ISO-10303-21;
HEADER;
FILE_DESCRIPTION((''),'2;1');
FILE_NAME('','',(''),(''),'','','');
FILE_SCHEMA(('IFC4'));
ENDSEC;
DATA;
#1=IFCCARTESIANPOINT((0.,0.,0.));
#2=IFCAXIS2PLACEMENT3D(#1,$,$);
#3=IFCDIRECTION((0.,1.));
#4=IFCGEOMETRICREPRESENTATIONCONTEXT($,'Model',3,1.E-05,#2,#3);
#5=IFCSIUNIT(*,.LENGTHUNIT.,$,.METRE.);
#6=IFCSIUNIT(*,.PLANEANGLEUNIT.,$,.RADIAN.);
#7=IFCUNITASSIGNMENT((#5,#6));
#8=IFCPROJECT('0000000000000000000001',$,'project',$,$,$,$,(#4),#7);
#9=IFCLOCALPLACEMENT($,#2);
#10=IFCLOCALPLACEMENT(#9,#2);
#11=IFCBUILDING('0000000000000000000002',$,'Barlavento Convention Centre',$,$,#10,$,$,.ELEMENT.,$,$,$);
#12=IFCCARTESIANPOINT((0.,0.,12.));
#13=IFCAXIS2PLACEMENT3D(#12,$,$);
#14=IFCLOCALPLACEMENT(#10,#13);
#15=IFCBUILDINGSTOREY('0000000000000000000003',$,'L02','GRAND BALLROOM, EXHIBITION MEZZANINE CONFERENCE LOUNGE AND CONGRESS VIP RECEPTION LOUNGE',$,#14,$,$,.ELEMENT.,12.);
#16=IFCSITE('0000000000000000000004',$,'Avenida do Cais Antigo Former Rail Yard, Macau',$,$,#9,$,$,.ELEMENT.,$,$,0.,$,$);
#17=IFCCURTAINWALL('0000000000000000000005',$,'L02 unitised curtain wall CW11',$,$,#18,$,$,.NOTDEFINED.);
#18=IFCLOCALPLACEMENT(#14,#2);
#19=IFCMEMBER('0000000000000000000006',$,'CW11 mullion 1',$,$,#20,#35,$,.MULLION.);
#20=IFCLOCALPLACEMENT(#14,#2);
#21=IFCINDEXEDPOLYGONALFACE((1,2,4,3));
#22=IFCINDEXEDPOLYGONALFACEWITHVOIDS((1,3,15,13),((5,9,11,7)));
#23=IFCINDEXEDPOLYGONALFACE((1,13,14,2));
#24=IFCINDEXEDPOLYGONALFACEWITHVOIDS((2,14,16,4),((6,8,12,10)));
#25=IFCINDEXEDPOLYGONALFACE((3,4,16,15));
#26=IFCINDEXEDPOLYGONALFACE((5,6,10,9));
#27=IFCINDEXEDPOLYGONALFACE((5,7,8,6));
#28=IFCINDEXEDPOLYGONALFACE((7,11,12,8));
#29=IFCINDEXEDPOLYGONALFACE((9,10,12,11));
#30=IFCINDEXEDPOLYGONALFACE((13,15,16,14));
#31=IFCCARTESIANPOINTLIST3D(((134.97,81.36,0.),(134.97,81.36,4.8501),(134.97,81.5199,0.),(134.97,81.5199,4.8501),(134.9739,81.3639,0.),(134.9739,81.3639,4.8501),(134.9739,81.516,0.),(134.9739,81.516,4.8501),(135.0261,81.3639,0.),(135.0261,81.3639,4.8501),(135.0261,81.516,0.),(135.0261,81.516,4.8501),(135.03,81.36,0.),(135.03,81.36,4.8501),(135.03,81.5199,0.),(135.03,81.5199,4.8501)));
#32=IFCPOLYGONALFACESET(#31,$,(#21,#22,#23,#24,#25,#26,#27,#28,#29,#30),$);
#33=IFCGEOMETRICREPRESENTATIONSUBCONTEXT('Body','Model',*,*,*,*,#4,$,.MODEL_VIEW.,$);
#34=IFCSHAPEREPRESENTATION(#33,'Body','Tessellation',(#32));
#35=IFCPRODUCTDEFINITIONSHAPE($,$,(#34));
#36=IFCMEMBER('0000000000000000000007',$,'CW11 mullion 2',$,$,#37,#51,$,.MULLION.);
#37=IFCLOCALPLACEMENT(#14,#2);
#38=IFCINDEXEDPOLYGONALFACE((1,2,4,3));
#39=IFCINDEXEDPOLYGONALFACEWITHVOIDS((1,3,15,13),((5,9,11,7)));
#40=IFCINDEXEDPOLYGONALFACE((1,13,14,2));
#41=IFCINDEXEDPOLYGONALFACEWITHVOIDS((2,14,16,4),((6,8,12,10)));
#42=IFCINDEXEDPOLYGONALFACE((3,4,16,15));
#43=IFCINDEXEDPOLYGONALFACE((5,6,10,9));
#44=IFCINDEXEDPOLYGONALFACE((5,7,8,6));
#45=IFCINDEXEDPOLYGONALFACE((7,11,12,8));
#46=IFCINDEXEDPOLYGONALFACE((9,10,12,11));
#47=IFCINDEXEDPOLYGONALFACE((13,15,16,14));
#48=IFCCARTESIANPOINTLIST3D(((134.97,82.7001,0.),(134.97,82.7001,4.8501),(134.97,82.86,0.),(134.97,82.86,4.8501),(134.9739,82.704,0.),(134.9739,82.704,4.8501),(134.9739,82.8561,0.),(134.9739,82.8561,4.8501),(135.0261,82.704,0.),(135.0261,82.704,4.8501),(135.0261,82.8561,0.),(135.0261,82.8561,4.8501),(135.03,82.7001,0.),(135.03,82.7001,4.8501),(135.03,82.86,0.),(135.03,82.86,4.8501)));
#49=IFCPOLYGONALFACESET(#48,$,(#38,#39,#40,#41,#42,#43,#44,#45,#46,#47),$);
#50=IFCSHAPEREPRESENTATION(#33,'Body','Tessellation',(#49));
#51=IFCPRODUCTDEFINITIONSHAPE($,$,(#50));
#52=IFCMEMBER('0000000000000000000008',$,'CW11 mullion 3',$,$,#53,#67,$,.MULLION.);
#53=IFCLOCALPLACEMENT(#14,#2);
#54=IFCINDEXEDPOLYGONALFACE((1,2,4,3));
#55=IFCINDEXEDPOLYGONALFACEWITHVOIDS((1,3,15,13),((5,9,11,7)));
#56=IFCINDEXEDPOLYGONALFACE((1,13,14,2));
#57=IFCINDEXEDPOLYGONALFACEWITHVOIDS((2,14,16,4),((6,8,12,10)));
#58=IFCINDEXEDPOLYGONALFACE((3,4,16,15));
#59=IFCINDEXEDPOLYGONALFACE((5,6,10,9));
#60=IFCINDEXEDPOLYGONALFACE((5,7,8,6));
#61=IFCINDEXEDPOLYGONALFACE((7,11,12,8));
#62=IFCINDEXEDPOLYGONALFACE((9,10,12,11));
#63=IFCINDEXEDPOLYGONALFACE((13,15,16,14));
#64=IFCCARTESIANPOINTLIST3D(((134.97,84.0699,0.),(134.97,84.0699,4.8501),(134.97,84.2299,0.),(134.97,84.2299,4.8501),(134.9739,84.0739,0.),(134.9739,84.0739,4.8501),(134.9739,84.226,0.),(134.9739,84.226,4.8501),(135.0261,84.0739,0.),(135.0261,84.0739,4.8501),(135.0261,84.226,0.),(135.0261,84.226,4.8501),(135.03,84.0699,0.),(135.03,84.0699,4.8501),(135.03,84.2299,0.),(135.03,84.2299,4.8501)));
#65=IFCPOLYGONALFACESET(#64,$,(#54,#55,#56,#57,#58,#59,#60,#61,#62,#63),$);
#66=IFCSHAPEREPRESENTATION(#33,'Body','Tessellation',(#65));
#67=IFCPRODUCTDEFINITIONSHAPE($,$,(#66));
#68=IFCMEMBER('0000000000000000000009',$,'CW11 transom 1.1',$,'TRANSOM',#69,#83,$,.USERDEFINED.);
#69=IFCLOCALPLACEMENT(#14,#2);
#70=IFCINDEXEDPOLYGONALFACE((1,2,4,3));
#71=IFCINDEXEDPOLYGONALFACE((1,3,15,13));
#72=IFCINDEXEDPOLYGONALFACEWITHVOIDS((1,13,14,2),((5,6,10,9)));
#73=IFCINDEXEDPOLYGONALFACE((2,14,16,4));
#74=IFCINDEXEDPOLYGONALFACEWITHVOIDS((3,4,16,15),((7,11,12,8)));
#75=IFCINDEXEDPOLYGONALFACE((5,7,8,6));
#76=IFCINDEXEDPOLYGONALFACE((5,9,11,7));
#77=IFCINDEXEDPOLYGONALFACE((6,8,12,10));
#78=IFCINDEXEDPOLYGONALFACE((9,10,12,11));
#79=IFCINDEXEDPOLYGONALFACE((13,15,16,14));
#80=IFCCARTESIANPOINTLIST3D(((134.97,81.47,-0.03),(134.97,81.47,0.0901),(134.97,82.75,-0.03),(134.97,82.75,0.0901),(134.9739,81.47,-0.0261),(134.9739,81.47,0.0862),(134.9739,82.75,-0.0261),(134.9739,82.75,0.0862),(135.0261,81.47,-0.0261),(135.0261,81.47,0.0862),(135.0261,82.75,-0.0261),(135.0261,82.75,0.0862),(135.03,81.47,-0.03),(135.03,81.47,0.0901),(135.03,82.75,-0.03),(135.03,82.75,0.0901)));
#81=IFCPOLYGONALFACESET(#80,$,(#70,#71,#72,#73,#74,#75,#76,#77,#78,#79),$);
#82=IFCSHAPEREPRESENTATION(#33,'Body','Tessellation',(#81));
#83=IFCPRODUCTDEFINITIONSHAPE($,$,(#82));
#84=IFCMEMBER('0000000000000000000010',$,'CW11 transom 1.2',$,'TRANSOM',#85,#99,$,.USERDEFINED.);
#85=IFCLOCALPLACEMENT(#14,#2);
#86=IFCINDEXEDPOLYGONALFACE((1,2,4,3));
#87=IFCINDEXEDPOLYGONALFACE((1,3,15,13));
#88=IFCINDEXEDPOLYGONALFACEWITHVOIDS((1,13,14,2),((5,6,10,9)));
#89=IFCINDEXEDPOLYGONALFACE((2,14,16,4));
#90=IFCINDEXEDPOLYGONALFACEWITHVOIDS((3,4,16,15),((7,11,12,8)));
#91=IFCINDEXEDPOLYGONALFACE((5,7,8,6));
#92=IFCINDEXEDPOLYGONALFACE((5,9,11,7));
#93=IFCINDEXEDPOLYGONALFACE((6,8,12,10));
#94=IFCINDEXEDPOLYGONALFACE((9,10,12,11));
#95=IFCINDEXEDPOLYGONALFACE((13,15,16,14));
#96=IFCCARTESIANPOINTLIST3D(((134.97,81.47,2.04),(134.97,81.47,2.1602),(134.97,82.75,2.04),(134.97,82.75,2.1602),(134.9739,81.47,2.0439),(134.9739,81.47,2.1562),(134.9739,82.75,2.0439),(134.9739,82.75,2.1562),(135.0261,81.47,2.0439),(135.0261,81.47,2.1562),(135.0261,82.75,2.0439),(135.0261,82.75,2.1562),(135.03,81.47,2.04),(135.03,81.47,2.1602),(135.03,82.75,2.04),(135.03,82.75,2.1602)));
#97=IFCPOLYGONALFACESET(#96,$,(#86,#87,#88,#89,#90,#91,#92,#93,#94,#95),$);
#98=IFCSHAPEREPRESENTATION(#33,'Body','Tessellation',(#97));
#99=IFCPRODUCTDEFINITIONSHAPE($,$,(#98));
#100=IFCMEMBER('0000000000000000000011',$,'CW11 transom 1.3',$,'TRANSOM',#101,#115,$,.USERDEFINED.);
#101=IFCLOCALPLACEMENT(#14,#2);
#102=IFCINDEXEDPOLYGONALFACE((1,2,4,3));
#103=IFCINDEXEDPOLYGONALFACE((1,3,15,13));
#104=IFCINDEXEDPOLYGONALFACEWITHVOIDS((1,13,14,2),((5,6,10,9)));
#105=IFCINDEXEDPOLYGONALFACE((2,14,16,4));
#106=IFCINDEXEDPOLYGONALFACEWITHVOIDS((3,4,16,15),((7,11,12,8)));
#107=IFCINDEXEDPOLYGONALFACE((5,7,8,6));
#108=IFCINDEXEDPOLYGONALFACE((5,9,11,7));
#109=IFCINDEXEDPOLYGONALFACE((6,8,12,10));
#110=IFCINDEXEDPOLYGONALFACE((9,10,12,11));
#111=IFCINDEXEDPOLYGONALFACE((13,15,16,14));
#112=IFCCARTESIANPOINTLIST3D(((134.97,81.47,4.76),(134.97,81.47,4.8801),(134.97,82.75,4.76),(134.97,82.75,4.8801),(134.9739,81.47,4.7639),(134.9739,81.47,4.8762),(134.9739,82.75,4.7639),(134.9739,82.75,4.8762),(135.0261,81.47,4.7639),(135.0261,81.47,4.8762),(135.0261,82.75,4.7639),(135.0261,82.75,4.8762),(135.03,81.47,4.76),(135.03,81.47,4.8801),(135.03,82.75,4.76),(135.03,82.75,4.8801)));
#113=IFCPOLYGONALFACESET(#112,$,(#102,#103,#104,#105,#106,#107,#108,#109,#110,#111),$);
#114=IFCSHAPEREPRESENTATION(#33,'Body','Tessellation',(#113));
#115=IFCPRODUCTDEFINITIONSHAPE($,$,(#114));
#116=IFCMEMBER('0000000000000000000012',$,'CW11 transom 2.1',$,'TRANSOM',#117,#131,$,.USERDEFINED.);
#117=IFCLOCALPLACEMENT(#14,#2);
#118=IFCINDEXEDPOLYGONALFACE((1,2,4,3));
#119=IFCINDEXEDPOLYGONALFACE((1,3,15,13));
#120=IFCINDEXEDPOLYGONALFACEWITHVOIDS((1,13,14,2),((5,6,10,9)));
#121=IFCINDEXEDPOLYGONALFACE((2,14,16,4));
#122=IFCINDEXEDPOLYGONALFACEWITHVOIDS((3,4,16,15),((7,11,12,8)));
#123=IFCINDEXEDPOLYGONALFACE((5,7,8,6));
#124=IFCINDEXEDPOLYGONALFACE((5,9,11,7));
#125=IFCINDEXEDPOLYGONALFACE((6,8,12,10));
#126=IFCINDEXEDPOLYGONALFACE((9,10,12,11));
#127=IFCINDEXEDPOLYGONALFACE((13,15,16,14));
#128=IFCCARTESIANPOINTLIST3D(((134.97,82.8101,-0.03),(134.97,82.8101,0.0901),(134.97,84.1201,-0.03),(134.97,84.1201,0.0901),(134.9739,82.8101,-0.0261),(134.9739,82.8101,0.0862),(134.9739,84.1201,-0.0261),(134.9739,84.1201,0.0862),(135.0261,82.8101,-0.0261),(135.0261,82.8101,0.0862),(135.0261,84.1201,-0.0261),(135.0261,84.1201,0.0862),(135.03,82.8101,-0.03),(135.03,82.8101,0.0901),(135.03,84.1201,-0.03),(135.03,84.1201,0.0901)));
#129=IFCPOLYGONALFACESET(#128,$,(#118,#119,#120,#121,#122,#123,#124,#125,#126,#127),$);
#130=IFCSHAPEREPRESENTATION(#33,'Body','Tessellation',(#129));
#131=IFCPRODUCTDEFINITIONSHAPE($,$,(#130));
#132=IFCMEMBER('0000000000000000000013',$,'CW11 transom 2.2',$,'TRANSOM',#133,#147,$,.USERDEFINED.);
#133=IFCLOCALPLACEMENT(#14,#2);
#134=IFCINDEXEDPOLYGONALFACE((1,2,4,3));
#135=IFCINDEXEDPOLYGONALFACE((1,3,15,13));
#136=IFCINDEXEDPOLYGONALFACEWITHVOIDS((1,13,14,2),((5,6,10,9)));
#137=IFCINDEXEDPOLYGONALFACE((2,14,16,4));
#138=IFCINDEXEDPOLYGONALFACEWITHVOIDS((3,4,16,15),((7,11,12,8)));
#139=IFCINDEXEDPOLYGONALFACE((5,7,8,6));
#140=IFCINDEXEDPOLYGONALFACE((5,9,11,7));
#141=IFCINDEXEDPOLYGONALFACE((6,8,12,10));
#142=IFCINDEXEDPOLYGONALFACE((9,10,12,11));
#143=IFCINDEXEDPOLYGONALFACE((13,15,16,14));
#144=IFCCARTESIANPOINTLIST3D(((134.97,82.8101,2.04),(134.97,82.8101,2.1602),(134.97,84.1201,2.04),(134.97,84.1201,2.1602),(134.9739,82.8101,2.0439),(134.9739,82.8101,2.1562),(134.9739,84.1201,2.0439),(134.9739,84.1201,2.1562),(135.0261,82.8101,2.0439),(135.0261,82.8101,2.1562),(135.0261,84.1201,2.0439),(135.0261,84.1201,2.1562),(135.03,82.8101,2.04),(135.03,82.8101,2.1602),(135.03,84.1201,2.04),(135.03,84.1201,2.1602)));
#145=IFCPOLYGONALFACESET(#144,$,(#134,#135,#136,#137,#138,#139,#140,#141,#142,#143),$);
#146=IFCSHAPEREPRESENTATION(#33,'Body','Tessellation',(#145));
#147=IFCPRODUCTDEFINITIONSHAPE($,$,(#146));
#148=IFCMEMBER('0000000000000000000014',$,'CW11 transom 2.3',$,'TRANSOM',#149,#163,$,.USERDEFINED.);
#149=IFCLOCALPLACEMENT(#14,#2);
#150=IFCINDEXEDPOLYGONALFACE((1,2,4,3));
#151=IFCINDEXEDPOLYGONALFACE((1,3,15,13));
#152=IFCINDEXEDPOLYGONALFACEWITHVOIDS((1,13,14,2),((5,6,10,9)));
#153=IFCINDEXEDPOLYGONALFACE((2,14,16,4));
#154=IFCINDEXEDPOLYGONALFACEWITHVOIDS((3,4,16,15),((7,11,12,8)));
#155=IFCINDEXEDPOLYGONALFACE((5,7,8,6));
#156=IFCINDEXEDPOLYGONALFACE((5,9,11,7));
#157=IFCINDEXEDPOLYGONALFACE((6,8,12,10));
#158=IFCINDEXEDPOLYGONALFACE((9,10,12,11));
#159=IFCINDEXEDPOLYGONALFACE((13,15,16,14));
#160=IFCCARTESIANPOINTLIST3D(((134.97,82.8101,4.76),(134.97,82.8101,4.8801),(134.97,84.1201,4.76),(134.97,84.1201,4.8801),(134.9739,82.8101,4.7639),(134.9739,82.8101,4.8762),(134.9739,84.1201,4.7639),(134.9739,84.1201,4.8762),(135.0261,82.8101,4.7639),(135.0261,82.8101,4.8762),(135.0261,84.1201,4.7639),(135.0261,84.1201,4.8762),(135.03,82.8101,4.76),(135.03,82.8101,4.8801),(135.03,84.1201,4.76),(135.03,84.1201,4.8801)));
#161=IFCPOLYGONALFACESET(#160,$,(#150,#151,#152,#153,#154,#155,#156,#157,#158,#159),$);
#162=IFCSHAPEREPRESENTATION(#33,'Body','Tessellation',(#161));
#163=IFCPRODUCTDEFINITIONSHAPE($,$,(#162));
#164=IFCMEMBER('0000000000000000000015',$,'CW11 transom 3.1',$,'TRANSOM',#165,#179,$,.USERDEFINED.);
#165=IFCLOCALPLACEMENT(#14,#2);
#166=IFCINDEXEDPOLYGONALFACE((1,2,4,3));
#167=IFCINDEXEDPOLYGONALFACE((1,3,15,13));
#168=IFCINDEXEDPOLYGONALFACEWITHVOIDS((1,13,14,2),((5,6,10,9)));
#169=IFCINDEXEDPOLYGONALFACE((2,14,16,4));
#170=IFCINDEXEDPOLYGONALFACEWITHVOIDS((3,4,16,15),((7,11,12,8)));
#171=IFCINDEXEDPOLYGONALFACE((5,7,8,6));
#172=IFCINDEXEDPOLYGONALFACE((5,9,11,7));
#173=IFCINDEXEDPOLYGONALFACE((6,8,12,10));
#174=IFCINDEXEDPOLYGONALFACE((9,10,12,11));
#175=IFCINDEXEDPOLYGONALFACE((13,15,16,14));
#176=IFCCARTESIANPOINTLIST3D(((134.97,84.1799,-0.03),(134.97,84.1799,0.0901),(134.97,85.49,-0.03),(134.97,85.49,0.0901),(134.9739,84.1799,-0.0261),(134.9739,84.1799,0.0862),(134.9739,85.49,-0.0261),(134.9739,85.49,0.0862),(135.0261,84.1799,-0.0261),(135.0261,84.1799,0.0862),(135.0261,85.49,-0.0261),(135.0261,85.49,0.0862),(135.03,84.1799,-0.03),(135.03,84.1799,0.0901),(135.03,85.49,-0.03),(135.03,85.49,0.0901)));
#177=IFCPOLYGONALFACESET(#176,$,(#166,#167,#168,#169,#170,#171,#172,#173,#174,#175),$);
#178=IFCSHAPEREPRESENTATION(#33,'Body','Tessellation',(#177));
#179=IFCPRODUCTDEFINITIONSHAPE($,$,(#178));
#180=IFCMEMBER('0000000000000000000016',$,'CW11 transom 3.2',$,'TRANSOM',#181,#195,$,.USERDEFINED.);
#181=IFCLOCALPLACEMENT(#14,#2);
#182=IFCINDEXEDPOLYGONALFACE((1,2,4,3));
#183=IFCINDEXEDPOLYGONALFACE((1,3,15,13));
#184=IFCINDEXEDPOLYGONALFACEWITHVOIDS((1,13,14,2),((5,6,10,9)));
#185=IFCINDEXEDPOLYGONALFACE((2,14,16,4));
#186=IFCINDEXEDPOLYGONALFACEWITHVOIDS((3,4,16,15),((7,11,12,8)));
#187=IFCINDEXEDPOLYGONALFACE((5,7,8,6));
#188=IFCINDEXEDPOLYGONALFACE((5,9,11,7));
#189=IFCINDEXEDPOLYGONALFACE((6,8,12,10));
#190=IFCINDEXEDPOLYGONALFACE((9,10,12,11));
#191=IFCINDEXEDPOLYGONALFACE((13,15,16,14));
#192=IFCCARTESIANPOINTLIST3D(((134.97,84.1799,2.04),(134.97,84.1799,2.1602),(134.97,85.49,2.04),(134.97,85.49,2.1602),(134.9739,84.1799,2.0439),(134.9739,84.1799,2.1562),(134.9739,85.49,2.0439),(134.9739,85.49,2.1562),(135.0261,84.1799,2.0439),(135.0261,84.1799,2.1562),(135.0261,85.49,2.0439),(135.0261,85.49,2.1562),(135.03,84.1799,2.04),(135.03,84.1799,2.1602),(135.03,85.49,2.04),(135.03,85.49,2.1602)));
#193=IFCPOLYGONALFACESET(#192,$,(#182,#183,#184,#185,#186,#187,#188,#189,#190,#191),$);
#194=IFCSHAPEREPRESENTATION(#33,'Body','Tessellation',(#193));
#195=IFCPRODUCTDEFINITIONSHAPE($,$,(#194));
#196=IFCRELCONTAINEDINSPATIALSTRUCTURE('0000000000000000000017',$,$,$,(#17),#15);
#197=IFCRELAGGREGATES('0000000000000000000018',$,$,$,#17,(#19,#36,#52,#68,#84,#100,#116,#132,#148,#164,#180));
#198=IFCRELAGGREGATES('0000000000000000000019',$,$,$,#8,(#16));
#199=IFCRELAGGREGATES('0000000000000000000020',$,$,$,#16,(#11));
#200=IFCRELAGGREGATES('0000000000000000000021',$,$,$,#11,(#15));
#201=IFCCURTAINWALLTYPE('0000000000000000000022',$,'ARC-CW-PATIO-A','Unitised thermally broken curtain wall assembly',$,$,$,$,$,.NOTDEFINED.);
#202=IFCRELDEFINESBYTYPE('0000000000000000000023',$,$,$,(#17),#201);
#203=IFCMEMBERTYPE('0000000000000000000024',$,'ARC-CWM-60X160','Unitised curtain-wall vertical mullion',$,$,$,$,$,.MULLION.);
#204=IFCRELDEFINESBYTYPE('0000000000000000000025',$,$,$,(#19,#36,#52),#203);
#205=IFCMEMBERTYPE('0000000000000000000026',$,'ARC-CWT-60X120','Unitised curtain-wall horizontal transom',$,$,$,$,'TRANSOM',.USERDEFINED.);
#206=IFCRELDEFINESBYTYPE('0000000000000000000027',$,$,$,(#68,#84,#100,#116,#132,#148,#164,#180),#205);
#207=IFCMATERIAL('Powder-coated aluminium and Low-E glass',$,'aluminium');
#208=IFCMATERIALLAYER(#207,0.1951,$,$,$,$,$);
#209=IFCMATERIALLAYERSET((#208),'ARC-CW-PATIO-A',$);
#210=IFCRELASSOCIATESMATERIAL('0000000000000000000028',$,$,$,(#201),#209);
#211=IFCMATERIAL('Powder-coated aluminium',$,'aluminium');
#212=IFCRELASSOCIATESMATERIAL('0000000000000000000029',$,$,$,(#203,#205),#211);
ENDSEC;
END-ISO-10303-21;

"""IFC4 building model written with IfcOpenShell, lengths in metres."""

from ifc_helpers import new_model, si_unit, direction, frame, origin, origin_2d, place, context, subcontext, project, spatial, hollow_rectangle, extrude, material, layer, layer_set, material_profile, profile_set, type_object, element, aggregate, save


model = new_model("IFC4")

# Units and contexts
model_context = context("Model", 3, precision=1e-05, world=origin(), true_north=direction((0.0, 1.0)))
body_context = subcontext(model_context, "Body", "Model", "MODEL_VIEW")
ifc_project = project(units=[si_unit("LENGTHUNIT", "METRE"), si_unit("PLANEANGLEUNIT", "RADIAN")], contexts=[model_context])

# Site, building, storey
site_placement = place(None, origin())
site = spatial("IfcSite", under=ifc_project, at=site_placement, Name="Avenida do Cais Antigo Former Rail Yard, Macau", CompositionType="ELEMENT", RefElevation=0.0)
building_placement = place(site_placement, origin())
building = spatial("IfcBuilding", under=site, at=building_placement, Name="Barlavento Convention Centre", CompositionType="ELEMENT")
storey_placement = place(building_placement, frame((0.0, 0.0, 12.0)))
storey = spatial("IfcBuildingStorey", under=building, at=storey_placement, Name="L02", Description="GRAND BALLROOM, EXHIBITION MEZZANINE CONFERENCE LOUNGE AND CONGRESS VIP RECEPTION LOUNGE", CompositionType="ELEMENT", Elevation=12.0)

# Curtain wall, members
ifc_material_1 = material(Name="Powder-coated aluminium and Low-E glass", Category="aluminium")
ifc_layer_1 = layer(ifc_material_1, 0.1951)
ifc_layer_set_1 = layer_set([ifc_layer_1], Name="ARC-CW-PATIO-A")
curtain_wall_type = type_object("IfcCurtainWallType", Name="ARC-CW-PATIO-A", Description="Unitised thermally broken curtain wall assembly", PredefinedType="NOTDEFINED", material=ifc_layer_set_1)
curtain_wall_placement = place(storey_placement, origin())
curtain_wall = element("IfcCurtainWall", 1, at=curtain_wall_placement, inside=storey, type_object=curtain_wall_type, Name="L02 unitised curtain wall CW11", PredefinedType="NOTDEFINED")
ifc_material_2 = material(Name="Powder-coated aluminium", Category="aluminium")
ifc_material_profile_1 = material_profile(ifc_material_2, hollow_rectangle(XDim=0.0601, YDim=0.1599, WallThickness=0.0039, at=origin_2d()), Name="AL-MULL 60x160x4")
ifc_profile_set_1 = profile_set([ifc_material_profile_1], Name="Powder-coated aluminium")
member_type_1 = type_object("IfcMemberType", Name="ARC-CWM-60X160", Description="Unitised curtain-wall vertical mullion", PredefinedType="MULLION", material=ifc_profile_set_1)
member_1_placement = place(storey_placement, frame((135.0, 81.4399, 0.0), z_axis=(0.0, 0.0, 1.0), x_axis=(-1.0, 0.0, 0.0)))
member_1 = element("IfcMember", 2, at=member_1_placement, type_object=member_type_1, Name="CW11 mullion 1", PredefinedType="MULLION", context=body_context, shape_type="SweptSolid", body=[
    extrude(hollow_rectangle(XDim=0.0601, YDim=0.1599, WallThickness=0.0039, at=origin_2d()), origin(), (0.0, 0.0, 1.0), 4.8501),
])
member_2_placement = place(storey_placement, frame((135.0, 82.78, 0.0), z_axis=(0.0, 0.0, 1.0), x_axis=(-1.0, 0.0, 0.0)))
member_2 = element("IfcMember", 3, at=member_2_placement, type_object=member_type_1, Name="CW11 mullion 2", PredefinedType="MULLION", context=body_context, shape_type="SweptSolid", body=[
    extrude(hollow_rectangle(XDim=0.0601, YDim=0.1599, WallThickness=0.0039, at=origin_2d()), origin(), (0.0, 0.0, 1.0), 4.8501),
])
member_3_placement = place(storey_placement, frame((135.0, 84.1499, 0.0), z_axis=(0.0, 0.0, 1.0), x_axis=(-1.0, 0.0, 0.0)))
member_3 = element("IfcMember", 4, at=member_3_placement, type_object=member_type_1, Name="CW11 mullion 3", PredefinedType="MULLION", context=body_context, shape_type="SweptSolid", body=[
    extrude(hollow_rectangle(XDim=0.0601, YDim=0.1599, WallThickness=0.0039, at=origin_2d()), origin(), (0.0, 0.0, 1.0), 4.8501),
])
ifc_material_profile_2 = material_profile(ifc_material_2, hollow_rectangle(XDim=0.0601, YDim=0.1201, WallThickness=0.0039, at=origin_2d()), Name="AL-TRAN 60x120x4")
ifc_profile_set_2 = profile_set([ifc_material_profile_2], Name="Powder-coated aluminium")
member_type_2 = type_object("IfcMemberType", Name="ARC-CWT-60X120", Description="Unitised curtain-wall horizontal transom", ElementType="TRANSOM", PredefinedType="USERDEFINED", material=ifc_profile_set_2)
member_4_placement = place(storey_placement, frame((135.0, 81.47, 0.03), z_axis=(0.0, 1.0, 0.0), x_axis=(-1.0, 0.0, 0.0)))
member_4 = element("IfcMember", 5, at=member_4_placement, type_object=member_type_2, Name="CW11 transom 1.1", ObjectType="TRANSOM", PredefinedType="USERDEFINED", context=body_context, shape_type="SweptSolid", body=[
    extrude(hollow_rectangle(XDim=0.0601, YDim=0.1201, WallThickness=0.0039, at=origin_2d()), origin(), (0.0, 0.0, 1.0), 1.28),
])
member_5_placement = place(storey_placement, frame((135.0, 81.47, 2.1001), z_axis=(0.0, 1.0, 0.0), x_axis=(-1.0, 0.0, 0.0)))
member_5 = element("IfcMember", 6, at=member_5_placement, type_object=member_type_2, Name="CW11 transom 1.2", ObjectType="TRANSOM", PredefinedType="USERDEFINED", context=body_context, shape_type="SweptSolid", body=[
    extrude(hollow_rectangle(XDim=0.0601, YDim=0.1201, WallThickness=0.0039, at=origin_2d()), origin(), (0.0, 0.0, 1.0), 1.28),
])
member_6_placement = place(storey_placement, frame((135.0, 81.47, 4.8201), z_axis=(0.0, 1.0, 0.0), x_axis=(-1.0, 0.0, 0.0)))
member_6 = element("IfcMember", 7, at=member_6_placement, type_object=member_type_2, Name="CW11 transom 1.3", ObjectType="TRANSOM", PredefinedType="USERDEFINED", context=body_context, shape_type="SweptSolid", body=[
    extrude(hollow_rectangle(XDim=0.0601, YDim=0.1201, WallThickness=0.0039, at=origin_2d()), origin(), (0.0, 0.0, 1.0), 1.28),
])
member_7_placement = place(storey_placement, frame((135.0, 82.8101, 0.03), z_axis=(0.0, 1.0, 0.0), x_axis=(-1.0, 0.0, 0.0)))
member_7 = element("IfcMember", 8, at=member_7_placement, type_object=member_type_2, Name="CW11 transom 2.1", ObjectType="TRANSOM", PredefinedType="USERDEFINED", context=body_context, shape_type="SweptSolid", body=[
    extrude(hollow_rectangle(XDim=0.0601, YDim=0.1201, WallThickness=0.0039, at=origin_2d()), origin(), (0.0, 0.0, 1.0), 1.3101),
])
member_8_placement = place(storey_placement, frame((135.0, 82.8101, 2.1001), z_axis=(0.0, 1.0, 0.0), x_axis=(-1.0, 0.0, 0.0)))
member_8 = element("IfcMember", 9, at=member_8_placement, type_object=member_type_2, Name="CW11 transom 2.2", ObjectType="TRANSOM", PredefinedType="USERDEFINED", context=body_context, shape_type="SweptSolid", body=[
    extrude(hollow_rectangle(XDim=0.0601, YDim=0.1201, WallThickness=0.0039, at=origin_2d()), origin(), (0.0, 0.0, 1.0), 1.3101),
])
member_9_placement = place(storey_placement, frame((135.0, 82.8101, 4.8201), z_axis=(0.0, 1.0, 0.0), x_axis=(-1.0, 0.0, 0.0)))
member_9 = element("IfcMember", 10, at=member_9_placement, type_object=member_type_2, Name="CW11 transom 2.3", ObjectType="TRANSOM", PredefinedType="USERDEFINED", context=body_context, shape_type="SweptSolid", body=[
    extrude(hollow_rectangle(XDim=0.0601, YDim=0.1201, WallThickness=0.0039, at=origin_2d()), origin(), (0.0, 0.0, 1.0), 1.3101),
])
member_10_placement = place(storey_placement, frame((135.0, 84.1799, 0.03), z_axis=(0.0, 1.0, 0.0), x_axis=(-1.0, 0.0, 0.0)))
member_10 = element("IfcMember", 11, at=member_10_placement, type_object=member_type_2, Name="CW11 transom 3.1", ObjectType="TRANSOM", PredefinedType="USERDEFINED", context=body_context, shape_type="SweptSolid", body=[
    extrude(hollow_rectangle(XDim=0.0601, YDim=0.1201, WallThickness=0.0039, at=origin_2d()), origin(), (0.0, 0.0, 1.0), 1.3101),
])
member_11_placement = place(storey_placement, frame((135.0, 84.1799, 2.1001), z_axis=(0.0, 1.0, 0.0), x_axis=(-1.0, 0.0, 0.0)))
member_11 = element("IfcMember", 12, at=member_11_placement, type_object=member_type_2, Name="CW11 transom 3.2", ObjectType="TRANSOM", PredefinedType="USERDEFINED", context=body_context, shape_type="SweptSolid", body=[
    extrude(hollow_rectangle(XDim=0.0601, YDim=0.1201, WallThickness=0.0039, at=origin_2d()), origin(), (0.0, 0.0, 1.0), 1.3101),
])

aggregate(curtain_wall, [member_1, member_2, member_3, member_4, member_5, member_6, member_7, member_8, member_9, member_10, member_11])

save(model, "model.ifc")
